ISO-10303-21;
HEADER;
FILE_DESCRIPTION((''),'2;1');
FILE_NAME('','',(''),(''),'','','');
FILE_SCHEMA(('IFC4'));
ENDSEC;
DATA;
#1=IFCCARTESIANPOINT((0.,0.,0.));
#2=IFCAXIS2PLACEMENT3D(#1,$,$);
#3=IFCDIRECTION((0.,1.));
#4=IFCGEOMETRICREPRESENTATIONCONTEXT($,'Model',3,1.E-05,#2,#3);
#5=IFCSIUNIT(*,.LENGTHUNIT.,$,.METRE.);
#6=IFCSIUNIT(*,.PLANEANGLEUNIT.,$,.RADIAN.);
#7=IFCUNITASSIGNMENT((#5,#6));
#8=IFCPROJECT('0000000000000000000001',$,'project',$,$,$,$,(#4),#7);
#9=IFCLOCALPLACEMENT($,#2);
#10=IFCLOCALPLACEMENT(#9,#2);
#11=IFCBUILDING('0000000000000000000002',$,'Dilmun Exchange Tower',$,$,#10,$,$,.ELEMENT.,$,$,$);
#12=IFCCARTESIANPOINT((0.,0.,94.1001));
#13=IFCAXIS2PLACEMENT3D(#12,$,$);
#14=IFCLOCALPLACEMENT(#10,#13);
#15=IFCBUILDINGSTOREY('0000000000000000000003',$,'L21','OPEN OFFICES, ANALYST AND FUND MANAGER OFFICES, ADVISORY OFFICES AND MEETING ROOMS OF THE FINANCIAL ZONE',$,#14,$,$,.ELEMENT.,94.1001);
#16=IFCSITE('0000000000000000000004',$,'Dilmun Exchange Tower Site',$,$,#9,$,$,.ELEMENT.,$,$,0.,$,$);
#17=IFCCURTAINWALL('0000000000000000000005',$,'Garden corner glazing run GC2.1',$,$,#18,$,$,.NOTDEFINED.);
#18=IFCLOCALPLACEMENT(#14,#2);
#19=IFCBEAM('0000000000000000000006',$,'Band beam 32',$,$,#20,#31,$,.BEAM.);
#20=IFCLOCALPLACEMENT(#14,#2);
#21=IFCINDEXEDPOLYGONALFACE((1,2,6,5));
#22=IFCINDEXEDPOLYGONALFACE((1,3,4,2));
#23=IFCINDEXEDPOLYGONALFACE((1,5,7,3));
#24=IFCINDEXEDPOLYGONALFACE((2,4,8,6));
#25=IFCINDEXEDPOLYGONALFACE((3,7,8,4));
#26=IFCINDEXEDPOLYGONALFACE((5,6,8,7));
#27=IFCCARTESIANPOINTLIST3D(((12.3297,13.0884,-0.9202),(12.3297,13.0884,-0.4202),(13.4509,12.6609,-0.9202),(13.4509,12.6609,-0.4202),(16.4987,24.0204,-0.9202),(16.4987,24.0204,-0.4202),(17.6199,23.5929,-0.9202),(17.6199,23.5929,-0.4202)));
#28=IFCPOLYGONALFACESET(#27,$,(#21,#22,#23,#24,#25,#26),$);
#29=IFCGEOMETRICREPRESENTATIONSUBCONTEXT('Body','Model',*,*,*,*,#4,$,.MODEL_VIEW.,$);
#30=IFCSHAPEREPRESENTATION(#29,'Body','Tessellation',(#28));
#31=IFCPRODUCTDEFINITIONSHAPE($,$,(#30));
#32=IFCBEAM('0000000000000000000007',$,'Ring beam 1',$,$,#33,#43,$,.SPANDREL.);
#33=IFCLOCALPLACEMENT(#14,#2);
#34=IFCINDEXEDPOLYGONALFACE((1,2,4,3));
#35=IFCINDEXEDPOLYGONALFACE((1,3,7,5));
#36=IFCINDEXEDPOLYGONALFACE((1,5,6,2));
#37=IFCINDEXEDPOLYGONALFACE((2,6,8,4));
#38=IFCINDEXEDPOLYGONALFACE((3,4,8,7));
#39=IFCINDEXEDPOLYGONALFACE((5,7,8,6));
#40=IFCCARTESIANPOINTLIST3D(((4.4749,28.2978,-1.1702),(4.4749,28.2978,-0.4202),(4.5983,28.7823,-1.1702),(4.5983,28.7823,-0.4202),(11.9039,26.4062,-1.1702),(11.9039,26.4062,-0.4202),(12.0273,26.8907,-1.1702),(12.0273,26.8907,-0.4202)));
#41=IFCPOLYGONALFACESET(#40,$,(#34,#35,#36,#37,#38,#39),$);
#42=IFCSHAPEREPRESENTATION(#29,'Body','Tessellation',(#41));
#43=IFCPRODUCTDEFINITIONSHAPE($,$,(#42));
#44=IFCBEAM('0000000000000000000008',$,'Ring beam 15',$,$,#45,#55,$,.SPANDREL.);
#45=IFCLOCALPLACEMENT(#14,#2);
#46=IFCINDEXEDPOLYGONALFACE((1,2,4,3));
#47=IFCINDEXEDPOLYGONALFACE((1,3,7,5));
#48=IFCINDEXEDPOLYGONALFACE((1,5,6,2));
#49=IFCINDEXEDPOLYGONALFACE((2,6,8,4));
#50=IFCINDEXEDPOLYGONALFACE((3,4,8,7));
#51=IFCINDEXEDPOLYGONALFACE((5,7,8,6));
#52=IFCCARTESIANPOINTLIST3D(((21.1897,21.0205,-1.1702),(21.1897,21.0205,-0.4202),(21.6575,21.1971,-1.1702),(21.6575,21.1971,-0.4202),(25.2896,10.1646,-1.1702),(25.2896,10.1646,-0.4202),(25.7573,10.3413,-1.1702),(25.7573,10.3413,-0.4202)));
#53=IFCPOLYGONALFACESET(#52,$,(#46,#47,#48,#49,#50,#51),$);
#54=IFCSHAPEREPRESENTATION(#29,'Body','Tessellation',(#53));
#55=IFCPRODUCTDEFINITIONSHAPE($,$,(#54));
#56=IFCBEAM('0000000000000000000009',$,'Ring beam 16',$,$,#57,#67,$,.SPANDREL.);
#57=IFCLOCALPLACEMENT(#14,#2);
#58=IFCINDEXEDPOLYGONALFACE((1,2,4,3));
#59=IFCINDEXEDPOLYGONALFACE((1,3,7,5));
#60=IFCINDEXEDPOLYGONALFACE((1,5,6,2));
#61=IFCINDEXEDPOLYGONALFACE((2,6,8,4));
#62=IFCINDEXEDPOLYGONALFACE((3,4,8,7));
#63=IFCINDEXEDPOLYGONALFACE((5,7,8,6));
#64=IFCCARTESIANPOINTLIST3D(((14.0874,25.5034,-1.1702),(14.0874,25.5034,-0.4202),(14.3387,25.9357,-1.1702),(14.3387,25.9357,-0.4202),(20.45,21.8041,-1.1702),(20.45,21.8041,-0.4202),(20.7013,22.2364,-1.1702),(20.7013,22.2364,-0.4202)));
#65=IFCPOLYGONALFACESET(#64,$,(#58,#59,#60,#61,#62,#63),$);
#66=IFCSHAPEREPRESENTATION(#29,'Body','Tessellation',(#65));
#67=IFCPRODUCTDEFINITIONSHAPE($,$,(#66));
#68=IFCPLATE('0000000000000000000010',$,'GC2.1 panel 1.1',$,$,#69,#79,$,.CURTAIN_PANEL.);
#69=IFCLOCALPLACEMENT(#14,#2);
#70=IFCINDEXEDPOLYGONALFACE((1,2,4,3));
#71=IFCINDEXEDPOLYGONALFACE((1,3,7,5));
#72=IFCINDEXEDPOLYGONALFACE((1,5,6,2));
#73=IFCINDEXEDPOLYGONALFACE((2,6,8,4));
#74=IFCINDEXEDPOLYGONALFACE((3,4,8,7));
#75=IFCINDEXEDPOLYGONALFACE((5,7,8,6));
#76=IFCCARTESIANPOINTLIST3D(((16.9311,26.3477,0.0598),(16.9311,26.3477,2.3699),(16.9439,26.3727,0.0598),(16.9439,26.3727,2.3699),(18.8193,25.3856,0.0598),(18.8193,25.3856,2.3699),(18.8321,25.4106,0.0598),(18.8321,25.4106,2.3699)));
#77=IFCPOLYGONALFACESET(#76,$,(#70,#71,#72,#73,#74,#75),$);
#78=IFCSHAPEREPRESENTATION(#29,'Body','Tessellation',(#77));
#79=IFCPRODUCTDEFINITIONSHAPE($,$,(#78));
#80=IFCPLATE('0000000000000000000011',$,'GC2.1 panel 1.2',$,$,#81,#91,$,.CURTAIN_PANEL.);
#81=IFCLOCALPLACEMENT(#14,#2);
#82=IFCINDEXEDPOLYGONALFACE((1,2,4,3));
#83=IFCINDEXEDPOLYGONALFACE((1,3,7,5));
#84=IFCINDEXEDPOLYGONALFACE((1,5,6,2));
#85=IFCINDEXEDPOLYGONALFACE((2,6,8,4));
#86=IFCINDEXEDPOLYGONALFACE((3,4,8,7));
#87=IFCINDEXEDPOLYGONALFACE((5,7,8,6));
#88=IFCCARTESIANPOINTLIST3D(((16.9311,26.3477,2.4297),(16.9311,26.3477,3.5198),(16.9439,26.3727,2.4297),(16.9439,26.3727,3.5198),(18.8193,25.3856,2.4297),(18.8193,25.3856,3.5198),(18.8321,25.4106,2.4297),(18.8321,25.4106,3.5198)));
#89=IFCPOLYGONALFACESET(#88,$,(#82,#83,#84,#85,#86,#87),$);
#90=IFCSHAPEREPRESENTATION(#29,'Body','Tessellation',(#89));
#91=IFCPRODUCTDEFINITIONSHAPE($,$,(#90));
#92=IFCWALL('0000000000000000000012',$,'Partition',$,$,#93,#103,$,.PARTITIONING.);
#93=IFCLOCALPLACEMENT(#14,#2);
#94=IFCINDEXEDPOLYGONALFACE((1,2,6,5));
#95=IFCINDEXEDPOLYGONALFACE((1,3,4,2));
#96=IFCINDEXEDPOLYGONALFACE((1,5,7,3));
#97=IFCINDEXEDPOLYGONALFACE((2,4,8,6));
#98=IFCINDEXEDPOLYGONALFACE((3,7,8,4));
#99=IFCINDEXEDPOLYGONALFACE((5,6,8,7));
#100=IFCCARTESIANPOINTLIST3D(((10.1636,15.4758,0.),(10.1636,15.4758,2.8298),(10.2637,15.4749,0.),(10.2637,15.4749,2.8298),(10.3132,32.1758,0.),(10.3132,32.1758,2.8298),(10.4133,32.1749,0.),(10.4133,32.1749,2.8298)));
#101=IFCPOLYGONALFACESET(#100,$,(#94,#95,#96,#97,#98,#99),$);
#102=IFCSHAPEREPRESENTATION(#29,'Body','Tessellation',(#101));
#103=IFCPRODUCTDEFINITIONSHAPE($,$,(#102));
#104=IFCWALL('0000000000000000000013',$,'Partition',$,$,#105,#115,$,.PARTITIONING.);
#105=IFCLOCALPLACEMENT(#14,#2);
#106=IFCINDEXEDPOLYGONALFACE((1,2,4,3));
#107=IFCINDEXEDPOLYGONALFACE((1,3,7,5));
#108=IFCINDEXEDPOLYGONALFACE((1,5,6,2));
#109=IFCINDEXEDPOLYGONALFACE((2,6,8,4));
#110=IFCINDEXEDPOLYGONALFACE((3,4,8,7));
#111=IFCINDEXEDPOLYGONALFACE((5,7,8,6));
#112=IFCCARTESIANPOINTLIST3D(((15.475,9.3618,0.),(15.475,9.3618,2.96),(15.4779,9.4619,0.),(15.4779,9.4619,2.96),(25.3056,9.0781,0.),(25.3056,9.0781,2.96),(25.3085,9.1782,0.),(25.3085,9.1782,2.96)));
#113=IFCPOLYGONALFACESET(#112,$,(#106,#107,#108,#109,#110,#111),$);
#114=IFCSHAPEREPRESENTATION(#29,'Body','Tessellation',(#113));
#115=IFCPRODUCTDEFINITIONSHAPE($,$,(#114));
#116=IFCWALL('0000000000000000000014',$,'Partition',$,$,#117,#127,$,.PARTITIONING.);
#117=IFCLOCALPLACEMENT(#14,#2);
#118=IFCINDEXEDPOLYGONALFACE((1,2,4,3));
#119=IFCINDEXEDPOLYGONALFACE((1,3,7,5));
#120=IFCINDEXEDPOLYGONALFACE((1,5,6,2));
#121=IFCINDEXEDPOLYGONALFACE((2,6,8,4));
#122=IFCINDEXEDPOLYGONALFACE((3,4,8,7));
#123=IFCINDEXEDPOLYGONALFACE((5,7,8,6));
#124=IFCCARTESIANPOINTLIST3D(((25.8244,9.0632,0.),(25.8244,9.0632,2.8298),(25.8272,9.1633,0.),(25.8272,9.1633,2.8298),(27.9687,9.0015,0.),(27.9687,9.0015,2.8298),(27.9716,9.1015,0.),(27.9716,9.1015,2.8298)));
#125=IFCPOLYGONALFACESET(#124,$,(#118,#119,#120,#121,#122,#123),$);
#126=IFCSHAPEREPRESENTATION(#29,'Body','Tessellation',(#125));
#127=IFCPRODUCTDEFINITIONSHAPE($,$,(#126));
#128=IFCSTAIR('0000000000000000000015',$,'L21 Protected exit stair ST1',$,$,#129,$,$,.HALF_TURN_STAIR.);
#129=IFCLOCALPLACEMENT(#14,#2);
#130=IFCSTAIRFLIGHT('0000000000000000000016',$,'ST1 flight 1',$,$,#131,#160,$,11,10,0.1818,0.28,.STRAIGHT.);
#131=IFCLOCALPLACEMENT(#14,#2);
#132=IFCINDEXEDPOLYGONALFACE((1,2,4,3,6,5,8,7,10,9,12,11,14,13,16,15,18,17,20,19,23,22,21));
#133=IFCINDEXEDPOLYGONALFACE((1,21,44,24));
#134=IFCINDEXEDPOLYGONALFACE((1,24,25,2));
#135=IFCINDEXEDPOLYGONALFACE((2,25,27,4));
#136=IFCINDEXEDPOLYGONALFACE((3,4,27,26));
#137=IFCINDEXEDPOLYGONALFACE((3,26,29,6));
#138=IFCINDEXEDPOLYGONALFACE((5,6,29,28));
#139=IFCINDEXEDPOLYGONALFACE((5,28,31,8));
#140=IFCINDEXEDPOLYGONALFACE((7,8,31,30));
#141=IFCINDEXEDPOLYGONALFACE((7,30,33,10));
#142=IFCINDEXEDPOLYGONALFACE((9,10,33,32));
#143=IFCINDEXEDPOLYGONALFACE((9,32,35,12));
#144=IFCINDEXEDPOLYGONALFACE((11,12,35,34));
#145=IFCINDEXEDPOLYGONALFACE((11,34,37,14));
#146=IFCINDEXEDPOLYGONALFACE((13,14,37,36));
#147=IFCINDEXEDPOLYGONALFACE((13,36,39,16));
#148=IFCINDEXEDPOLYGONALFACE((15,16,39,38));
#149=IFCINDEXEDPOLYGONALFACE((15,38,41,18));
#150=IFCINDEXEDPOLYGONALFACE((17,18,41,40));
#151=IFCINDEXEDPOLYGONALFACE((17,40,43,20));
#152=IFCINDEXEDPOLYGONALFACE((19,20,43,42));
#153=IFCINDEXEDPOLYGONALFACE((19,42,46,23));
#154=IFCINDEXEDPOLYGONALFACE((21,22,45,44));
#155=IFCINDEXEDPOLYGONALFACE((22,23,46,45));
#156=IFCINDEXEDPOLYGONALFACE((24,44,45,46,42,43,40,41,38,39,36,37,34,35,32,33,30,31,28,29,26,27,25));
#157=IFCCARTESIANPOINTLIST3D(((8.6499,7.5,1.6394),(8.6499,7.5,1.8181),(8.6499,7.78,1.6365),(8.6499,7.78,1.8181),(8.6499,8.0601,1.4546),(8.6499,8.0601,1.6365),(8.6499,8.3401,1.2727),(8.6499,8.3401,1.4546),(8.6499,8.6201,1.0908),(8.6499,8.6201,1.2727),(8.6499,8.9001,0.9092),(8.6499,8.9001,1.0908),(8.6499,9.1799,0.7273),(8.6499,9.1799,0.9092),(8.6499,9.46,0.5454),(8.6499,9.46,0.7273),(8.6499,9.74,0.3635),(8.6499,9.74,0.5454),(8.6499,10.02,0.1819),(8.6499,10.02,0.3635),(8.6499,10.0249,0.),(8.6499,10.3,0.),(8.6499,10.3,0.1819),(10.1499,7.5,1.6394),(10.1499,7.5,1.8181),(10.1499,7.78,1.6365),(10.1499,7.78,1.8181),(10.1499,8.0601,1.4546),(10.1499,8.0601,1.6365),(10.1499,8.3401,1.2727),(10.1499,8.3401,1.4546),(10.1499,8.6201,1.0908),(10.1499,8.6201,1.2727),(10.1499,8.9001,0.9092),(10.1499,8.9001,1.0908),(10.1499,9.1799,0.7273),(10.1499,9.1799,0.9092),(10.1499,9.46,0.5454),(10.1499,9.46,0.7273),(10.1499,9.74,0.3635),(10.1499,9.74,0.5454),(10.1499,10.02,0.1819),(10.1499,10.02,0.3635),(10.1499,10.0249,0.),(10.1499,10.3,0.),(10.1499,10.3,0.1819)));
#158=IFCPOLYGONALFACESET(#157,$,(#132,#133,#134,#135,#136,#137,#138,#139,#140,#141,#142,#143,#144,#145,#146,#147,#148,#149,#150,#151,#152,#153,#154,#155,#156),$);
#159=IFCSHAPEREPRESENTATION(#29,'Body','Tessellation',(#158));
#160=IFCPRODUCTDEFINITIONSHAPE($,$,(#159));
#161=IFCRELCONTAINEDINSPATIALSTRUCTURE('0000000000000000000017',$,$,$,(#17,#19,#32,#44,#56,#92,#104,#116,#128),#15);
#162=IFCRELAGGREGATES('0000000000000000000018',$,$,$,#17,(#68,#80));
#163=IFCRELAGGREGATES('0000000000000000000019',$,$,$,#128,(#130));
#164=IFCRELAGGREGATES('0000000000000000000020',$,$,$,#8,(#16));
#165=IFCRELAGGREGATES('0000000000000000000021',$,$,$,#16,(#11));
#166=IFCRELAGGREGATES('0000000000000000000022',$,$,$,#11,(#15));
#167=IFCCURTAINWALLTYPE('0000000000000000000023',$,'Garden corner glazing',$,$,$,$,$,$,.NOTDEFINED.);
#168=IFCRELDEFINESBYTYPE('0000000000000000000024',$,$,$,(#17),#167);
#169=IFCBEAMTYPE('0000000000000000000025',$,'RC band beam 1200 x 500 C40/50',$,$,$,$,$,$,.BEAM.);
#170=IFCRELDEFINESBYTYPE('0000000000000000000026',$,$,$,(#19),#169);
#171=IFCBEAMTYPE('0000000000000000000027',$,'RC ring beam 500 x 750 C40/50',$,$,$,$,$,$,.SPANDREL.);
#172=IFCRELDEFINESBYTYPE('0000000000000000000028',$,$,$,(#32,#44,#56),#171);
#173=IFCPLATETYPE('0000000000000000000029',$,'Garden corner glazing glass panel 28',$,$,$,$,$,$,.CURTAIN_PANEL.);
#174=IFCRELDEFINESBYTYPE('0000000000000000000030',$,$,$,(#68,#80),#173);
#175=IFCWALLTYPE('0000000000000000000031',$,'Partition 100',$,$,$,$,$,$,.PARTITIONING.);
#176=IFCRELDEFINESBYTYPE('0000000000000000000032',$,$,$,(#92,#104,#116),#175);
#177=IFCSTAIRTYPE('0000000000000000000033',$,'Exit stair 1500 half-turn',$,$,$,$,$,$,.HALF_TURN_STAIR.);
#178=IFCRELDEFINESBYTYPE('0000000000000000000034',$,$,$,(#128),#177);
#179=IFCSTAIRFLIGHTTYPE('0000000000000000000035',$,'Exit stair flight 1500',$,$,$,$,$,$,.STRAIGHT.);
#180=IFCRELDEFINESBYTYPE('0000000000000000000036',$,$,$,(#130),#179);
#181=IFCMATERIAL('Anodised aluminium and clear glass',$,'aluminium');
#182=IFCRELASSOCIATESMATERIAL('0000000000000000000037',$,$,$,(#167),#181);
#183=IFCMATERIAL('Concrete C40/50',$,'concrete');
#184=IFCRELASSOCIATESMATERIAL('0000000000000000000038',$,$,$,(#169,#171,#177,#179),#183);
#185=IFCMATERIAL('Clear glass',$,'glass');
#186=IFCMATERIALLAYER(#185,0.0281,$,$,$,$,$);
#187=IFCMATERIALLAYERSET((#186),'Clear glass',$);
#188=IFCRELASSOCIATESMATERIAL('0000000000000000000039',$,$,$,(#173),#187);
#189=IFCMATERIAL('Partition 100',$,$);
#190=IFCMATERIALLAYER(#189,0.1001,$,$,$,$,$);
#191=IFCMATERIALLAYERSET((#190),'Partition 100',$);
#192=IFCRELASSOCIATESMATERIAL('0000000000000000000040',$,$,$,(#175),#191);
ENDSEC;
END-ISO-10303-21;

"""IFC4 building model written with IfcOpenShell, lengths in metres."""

from ifc_helpers import new_model, si_unit, direction, frame, frame_2d, origin, origin_2d, place, context, subcontext, project, spatial, polyline, rectangle, outline, extrude, material, layer, layer_set, material_profile, profile_set, type_object, element, aggregate, save


model = new_model("IFC4")

# Units and contexts
model_context = context("Model", 3, precision=1e-05, world=origin(), true_north=direction((0.0, 1.0)))
body_context = subcontext(model_context, "Body", "Model", "MODEL_VIEW")
ifc_project = project(units=[si_unit("LENGTHUNIT", "METRE"), si_unit("PLANEANGLEUNIT", "RADIAN")], contexts=[model_context])

# Site, building, storey
site_placement = place(None, origin())
site = spatial("IfcSite", under=ifc_project, at=site_placement, Name="Dilmun Exchange Tower Site", CompositionType="ELEMENT", RefElevation=0.0)
building_placement = place(site_placement, origin())
building = spatial("IfcBuilding", under=site, at=building_placement, Name="Dilmun Exchange Tower", CompositionType="ELEMENT")
storey_placement = place(building_placement, frame((0.0, 0.0, 94.1001)))
storey = spatial("IfcBuildingStorey", under=building, at=storey_placement, Name="L21", Description="OPEN OFFICES, ANALYST AND FUND MANAGER OFFICES, ADVISORY OFFICES AND MEETING ROOMS OF THE FINANCIAL ZONE", CompositionType="ELEMENT", Elevation=94.1001)

# Shared definitions
ifc_material_1 = material(Name="Anodised aluminium and clear glass", Category="aluminium")
curtain_wall_type = type_object("IfcCurtainWallType", Name="Garden corner glazing", PredefinedType="NOTDEFINED", material=ifc_material_1)

# Curtain wall
curtain_wall_1_placement = place(storey_placement, origin())
curtain_wall_1 = element("IfcCurtainWall", 1, at=curtain_wall_1_placement, inside=storey, type_object=curtain_wall_type, Name="Garden corner glazing run GC2.1", PredefinedType="NOTDEFINED")

# Beams
ifc_material_2 = material(Name="Concrete C40/50", Category="concrete")
ifc_material_profile_1 = material_profile(ifc_material_2, rectangle(XDim=1.2, YDim=0.5, at=origin_2d()), Name="1200 x 500")
ifc_profile_set_1 = profile_set([ifc_material_profile_1], Name="Concrete C40/50")
beam_type_1 = type_object("IfcBeamType", Name="RC band beam 1200 x 500 C40/50", PredefinedType="BEAM", material=ifc_profile_set_1)
beam_1_placement = place(storey_placement, frame((17.0593, 23.8066, -0.6702), z_axis=(-0.356325, -0.934362, 0.0), x_axis=(0.934362, -0.356325, 0.0)))
element("IfcBeam", 2, at=beam_1_placement, inside=storey, type_object=beam_type_1, Name="Band beam 32", PredefinedType="BEAM", context=body_context, shape_type="SweptSolid", body=[
    extrude(rectangle(XDim=1.2, YDim=0.5, at=origin_2d()), origin(), (0.0, 0.0, 1.0), 11.7),
])
ifc_material_profile_2 = material_profile(ifc_material_2, rectangle(XDim=0.5, YDim=0.75, at=origin_2d()), Name="500 x 750")
ifc_profile_set_2 = profile_set([ifc_material_profile_2], Name="Concrete C40/50")
beam_type_2 = type_object("IfcBeamType", Name="RC ring beam 500 x 750 C40/50", PredefinedType="SPANDREL", material=ifc_profile_set_2)
beam_2_placement = place(storey_placement, frame((11.9656, 26.6484, -0.7952), z_axis=(-0.969079, 0.246752, 0.0), x_axis=(-0.246752, -0.969079, 0.0)))
element("IfcBeam", 3, at=beam_2_placement, inside=storey, type_object=beam_type_2, Name="Ring beam 1", PredefinedType="SPANDREL", context=body_context, shape_type="SweptSolid", body=[
    extrude(rectangle(XDim=0.5, YDim=0.75, at=origin_2d()), origin(), (0.0, 0.0, 1.0), 7.666),
])
beam_3_placement = place(storey_placement, frame((25.5234, 10.2529, -0.7952), z_axis=(-0.353304, 0.935509, 0.0), x_axis=(-0.935509, -0.353304, 0.0)))
element("IfcBeam", 4, at=beam_3_placement, inside=storey, type_object=beam_type_2, Name="Ring beam 15", PredefinedType="SPANDREL", context=body_context, shape_type="SweptSolid", body=[
    extrude(rectangle(XDim=0.5, YDim=0.75, at=origin_2d()), origin(), (0.0, 0.0, 1.0), 11.6042),
])
beam_4_placement = place(storey_placement, frame((20.5757, 22.0203, -0.7952), z_axis=(-0.864503, 0.502627, 0.0), x_axis=(-0.502627, -0.864503, 0.0)))
element("IfcBeam", 5, at=beam_4_placement, inside=storey, type_object=beam_type_2, Name="Ring beam 16", PredefinedType="SPANDREL", context=body_context, shape_type="SweptSolid", body=[
    extrude(rectangle(XDim=0.5, YDim=0.75, at=origin_2d()), origin(), (0.0, 0.0, 1.0), 7.3599),
])

# Plates
ifc_material_3 = material(Name="Clear glass", Category="glass")
ifc_layer_1 = layer(ifc_material_3, 0.0281)
ifc_layer_set_1 = layer_set([ifc_layer_1], Name="Clear glass")
plate_type = type_object("IfcPlateType", Name="Garden corner glazing glass panel 28", PredefinedType="CURTAIN_PANEL", material=ifc_layer_set_1)
plate_1_placement = place(storey_placement, frame((17.8816, 25.8792, 0.0598), z_axis=(0.0, 0.0, 1.0), x_axis=(-0.891016, 0.453971, 0.0)))
plate_1 = element("IfcPlate", 6, at=plate_1_placement, type_object=plate_type, Name="GC2.1 panel 1.1", PredefinedType="CURTAIN_PANEL", context=body_context, shape_type="SweptSolid", body=[
    extrude(rectangle(XDim=2.1191, YDim=0.0281, at=origin_2d()), origin(), (0.0, 0.0, 1.0), 2.3101),
])
plate_2_placement = place(storey_placement, frame((17.8816, 25.8792, 2.4297), z_axis=(0.0, 0.0, 1.0), x_axis=(-0.891016, 0.453971, 0.0)))
plate_2 = element("IfcPlate", 7, at=plate_2_placement, type_object=plate_type, Name="GC2.1 panel 1.2", PredefinedType="CURTAIN_PANEL", context=body_context, shape_type="SweptSolid", body=[
    extrude(rectangle(XDim=2.1191, YDim=0.0281, at=origin_2d()), origin(), (0.0, 0.0, 1.0), 1.0901),
])
aggregate(curtain_wall_1, [plate_1, plate_2])

# Walls
ifc_material_4 = material(Name="Partition 100")
ifc_layer_2 = layer(ifc_material_4, 0.1001)
ifc_layer_set_2 = layer_set([ifc_layer_2], Name="Partition 100")
wall_type_1 = type_object("IfcWallType", Name="Partition 100", PredefinedType="PARTITIONING", material=ifc_layer_set_2)
wall_1_placement = place(storey_placement, frame((10.2136, 15.4753, 0.0), z_axis=(0.0, 0.0, 1.0), x_axis=(0.008961, 0.99996, 0.0)))
element("IfcWall", 8, at=wall_1_placement, inside=storey, type_object=wall_type_1, Name="Partition", PredefinedType="PARTITIONING", context=body_context, shape_type="SweptSolid", body=[
    extrude(rectangle(XDim=16.7007, YDim=0.1001, at=frame_2d((8.3503, 0.0))), origin(), (0.0, 0.0, 1.0), 2.8298),
])
wall_2_placement = place(storey_placement, frame((15.4763, 9.4119, 0.0), z_axis=(0.0, 0.0, 1.0), x_axis=(0.999584, -0.028846, 0.0)))
element("IfcWall", 9, at=wall_2_placement, inside=storey, type_object=wall_type_1, Name="Partition", PredefinedType="PARTITIONING", context=body_context, shape_type="SweptSolid", body=[
    extrude(rectangle(XDim=9.8347, YDim=0.1001, at=frame_2d((4.9175, 0.0))), origin(), (0.0, 0.0, 1.0), 2.96),
])
wall_3_placement = place(storey_placement, frame((25.8257, 9.1133, 0.0), z_axis=(0.0, 0.0, 1.0), x_axis=(0.999585, -0.028794, 0.0)))
element("IfcWall", 10, at=wall_3_placement, inside=storey, type_object=wall_type_1, Name="Partition", PredefinedType="PARTITIONING", context=body_context, shape_type="SweptSolid", body=[
    extrude(rectangle(XDim=2.1453, YDim=0.1001, at=frame_2d((1.0728, 0.0))), origin(), (0.0, 0.0, 1.0), 2.8298),
])

# Stair, stair flight
stair_type = type_object("IfcStairType", Name="Exit stair 1500 half-turn", PredefinedType="HALF_TURN_STAIR", material=ifc_material_2)
stair_placement = place(storey_placement, origin())
stair = element("IfcStair", 11, at=stair_placement, inside=storey, type_object=stair_type, Name="L21 Protected exit stair ST1", PredefinedType="HALF_TURN_STAIR")
stair_flight_type = type_object("IfcStairFlightType", Name="Exit stair flight 1500", PredefinedType="STRAIGHT", material=ifc_material_2)
stair_flight_placement = place(storey_placement, frame((9.3999, 10.3, 0.0), z_axis=(0.0, 0.0, 1.0), x_axis=(0.0, -1.0, 0.0)))
stair_flight = element("IfcStairFlight", 12, at=stair_flight_placement, type_object=stair_flight_type, Name="ST1 flight 1", NumberOfRisers=11, NumberOfTreads=10, PredefinedType="STRAIGHT", RiserHeight=0.1818, TreadLength=0.28, context=body_context, shape_type="SweptSolid", body=[
    extrude(outline(polyline([(0.0, 0.0), (0.0, 0.1819), (0.28, 0.1819), (0.28, 0.3635), (0.5601, 0.3635), (0.5601, 0.5454), (0.8401, 0.5454), (0.8401, 0.7273), (1.1201, 0.7273), (1.1201, 0.9092), (1.3999, 0.9092), (1.3999, 1.0908), (1.6799, 1.0908), (1.6799, 1.2727), (1.96, 1.2727), (1.96, 1.4546), (2.24, 1.4546), (2.24, 1.6365), (2.52, 1.6365), (2.52, 1.8181), (2.8, 1.8181), (2.8, 2.0), (2.8, 1.6394), (0.2751, 0.0), (0.0, 0.0)])), frame((0.0, 0.75, 0.0), z_axis=(0.0, -1.0, 0.0), x_axis=(1.0, 0.0, 0.0)), (0.0, 0.0, 1.0), 1.5),
])
aggregate(stair, [stair_flight])

save(model, "model.ifc")
